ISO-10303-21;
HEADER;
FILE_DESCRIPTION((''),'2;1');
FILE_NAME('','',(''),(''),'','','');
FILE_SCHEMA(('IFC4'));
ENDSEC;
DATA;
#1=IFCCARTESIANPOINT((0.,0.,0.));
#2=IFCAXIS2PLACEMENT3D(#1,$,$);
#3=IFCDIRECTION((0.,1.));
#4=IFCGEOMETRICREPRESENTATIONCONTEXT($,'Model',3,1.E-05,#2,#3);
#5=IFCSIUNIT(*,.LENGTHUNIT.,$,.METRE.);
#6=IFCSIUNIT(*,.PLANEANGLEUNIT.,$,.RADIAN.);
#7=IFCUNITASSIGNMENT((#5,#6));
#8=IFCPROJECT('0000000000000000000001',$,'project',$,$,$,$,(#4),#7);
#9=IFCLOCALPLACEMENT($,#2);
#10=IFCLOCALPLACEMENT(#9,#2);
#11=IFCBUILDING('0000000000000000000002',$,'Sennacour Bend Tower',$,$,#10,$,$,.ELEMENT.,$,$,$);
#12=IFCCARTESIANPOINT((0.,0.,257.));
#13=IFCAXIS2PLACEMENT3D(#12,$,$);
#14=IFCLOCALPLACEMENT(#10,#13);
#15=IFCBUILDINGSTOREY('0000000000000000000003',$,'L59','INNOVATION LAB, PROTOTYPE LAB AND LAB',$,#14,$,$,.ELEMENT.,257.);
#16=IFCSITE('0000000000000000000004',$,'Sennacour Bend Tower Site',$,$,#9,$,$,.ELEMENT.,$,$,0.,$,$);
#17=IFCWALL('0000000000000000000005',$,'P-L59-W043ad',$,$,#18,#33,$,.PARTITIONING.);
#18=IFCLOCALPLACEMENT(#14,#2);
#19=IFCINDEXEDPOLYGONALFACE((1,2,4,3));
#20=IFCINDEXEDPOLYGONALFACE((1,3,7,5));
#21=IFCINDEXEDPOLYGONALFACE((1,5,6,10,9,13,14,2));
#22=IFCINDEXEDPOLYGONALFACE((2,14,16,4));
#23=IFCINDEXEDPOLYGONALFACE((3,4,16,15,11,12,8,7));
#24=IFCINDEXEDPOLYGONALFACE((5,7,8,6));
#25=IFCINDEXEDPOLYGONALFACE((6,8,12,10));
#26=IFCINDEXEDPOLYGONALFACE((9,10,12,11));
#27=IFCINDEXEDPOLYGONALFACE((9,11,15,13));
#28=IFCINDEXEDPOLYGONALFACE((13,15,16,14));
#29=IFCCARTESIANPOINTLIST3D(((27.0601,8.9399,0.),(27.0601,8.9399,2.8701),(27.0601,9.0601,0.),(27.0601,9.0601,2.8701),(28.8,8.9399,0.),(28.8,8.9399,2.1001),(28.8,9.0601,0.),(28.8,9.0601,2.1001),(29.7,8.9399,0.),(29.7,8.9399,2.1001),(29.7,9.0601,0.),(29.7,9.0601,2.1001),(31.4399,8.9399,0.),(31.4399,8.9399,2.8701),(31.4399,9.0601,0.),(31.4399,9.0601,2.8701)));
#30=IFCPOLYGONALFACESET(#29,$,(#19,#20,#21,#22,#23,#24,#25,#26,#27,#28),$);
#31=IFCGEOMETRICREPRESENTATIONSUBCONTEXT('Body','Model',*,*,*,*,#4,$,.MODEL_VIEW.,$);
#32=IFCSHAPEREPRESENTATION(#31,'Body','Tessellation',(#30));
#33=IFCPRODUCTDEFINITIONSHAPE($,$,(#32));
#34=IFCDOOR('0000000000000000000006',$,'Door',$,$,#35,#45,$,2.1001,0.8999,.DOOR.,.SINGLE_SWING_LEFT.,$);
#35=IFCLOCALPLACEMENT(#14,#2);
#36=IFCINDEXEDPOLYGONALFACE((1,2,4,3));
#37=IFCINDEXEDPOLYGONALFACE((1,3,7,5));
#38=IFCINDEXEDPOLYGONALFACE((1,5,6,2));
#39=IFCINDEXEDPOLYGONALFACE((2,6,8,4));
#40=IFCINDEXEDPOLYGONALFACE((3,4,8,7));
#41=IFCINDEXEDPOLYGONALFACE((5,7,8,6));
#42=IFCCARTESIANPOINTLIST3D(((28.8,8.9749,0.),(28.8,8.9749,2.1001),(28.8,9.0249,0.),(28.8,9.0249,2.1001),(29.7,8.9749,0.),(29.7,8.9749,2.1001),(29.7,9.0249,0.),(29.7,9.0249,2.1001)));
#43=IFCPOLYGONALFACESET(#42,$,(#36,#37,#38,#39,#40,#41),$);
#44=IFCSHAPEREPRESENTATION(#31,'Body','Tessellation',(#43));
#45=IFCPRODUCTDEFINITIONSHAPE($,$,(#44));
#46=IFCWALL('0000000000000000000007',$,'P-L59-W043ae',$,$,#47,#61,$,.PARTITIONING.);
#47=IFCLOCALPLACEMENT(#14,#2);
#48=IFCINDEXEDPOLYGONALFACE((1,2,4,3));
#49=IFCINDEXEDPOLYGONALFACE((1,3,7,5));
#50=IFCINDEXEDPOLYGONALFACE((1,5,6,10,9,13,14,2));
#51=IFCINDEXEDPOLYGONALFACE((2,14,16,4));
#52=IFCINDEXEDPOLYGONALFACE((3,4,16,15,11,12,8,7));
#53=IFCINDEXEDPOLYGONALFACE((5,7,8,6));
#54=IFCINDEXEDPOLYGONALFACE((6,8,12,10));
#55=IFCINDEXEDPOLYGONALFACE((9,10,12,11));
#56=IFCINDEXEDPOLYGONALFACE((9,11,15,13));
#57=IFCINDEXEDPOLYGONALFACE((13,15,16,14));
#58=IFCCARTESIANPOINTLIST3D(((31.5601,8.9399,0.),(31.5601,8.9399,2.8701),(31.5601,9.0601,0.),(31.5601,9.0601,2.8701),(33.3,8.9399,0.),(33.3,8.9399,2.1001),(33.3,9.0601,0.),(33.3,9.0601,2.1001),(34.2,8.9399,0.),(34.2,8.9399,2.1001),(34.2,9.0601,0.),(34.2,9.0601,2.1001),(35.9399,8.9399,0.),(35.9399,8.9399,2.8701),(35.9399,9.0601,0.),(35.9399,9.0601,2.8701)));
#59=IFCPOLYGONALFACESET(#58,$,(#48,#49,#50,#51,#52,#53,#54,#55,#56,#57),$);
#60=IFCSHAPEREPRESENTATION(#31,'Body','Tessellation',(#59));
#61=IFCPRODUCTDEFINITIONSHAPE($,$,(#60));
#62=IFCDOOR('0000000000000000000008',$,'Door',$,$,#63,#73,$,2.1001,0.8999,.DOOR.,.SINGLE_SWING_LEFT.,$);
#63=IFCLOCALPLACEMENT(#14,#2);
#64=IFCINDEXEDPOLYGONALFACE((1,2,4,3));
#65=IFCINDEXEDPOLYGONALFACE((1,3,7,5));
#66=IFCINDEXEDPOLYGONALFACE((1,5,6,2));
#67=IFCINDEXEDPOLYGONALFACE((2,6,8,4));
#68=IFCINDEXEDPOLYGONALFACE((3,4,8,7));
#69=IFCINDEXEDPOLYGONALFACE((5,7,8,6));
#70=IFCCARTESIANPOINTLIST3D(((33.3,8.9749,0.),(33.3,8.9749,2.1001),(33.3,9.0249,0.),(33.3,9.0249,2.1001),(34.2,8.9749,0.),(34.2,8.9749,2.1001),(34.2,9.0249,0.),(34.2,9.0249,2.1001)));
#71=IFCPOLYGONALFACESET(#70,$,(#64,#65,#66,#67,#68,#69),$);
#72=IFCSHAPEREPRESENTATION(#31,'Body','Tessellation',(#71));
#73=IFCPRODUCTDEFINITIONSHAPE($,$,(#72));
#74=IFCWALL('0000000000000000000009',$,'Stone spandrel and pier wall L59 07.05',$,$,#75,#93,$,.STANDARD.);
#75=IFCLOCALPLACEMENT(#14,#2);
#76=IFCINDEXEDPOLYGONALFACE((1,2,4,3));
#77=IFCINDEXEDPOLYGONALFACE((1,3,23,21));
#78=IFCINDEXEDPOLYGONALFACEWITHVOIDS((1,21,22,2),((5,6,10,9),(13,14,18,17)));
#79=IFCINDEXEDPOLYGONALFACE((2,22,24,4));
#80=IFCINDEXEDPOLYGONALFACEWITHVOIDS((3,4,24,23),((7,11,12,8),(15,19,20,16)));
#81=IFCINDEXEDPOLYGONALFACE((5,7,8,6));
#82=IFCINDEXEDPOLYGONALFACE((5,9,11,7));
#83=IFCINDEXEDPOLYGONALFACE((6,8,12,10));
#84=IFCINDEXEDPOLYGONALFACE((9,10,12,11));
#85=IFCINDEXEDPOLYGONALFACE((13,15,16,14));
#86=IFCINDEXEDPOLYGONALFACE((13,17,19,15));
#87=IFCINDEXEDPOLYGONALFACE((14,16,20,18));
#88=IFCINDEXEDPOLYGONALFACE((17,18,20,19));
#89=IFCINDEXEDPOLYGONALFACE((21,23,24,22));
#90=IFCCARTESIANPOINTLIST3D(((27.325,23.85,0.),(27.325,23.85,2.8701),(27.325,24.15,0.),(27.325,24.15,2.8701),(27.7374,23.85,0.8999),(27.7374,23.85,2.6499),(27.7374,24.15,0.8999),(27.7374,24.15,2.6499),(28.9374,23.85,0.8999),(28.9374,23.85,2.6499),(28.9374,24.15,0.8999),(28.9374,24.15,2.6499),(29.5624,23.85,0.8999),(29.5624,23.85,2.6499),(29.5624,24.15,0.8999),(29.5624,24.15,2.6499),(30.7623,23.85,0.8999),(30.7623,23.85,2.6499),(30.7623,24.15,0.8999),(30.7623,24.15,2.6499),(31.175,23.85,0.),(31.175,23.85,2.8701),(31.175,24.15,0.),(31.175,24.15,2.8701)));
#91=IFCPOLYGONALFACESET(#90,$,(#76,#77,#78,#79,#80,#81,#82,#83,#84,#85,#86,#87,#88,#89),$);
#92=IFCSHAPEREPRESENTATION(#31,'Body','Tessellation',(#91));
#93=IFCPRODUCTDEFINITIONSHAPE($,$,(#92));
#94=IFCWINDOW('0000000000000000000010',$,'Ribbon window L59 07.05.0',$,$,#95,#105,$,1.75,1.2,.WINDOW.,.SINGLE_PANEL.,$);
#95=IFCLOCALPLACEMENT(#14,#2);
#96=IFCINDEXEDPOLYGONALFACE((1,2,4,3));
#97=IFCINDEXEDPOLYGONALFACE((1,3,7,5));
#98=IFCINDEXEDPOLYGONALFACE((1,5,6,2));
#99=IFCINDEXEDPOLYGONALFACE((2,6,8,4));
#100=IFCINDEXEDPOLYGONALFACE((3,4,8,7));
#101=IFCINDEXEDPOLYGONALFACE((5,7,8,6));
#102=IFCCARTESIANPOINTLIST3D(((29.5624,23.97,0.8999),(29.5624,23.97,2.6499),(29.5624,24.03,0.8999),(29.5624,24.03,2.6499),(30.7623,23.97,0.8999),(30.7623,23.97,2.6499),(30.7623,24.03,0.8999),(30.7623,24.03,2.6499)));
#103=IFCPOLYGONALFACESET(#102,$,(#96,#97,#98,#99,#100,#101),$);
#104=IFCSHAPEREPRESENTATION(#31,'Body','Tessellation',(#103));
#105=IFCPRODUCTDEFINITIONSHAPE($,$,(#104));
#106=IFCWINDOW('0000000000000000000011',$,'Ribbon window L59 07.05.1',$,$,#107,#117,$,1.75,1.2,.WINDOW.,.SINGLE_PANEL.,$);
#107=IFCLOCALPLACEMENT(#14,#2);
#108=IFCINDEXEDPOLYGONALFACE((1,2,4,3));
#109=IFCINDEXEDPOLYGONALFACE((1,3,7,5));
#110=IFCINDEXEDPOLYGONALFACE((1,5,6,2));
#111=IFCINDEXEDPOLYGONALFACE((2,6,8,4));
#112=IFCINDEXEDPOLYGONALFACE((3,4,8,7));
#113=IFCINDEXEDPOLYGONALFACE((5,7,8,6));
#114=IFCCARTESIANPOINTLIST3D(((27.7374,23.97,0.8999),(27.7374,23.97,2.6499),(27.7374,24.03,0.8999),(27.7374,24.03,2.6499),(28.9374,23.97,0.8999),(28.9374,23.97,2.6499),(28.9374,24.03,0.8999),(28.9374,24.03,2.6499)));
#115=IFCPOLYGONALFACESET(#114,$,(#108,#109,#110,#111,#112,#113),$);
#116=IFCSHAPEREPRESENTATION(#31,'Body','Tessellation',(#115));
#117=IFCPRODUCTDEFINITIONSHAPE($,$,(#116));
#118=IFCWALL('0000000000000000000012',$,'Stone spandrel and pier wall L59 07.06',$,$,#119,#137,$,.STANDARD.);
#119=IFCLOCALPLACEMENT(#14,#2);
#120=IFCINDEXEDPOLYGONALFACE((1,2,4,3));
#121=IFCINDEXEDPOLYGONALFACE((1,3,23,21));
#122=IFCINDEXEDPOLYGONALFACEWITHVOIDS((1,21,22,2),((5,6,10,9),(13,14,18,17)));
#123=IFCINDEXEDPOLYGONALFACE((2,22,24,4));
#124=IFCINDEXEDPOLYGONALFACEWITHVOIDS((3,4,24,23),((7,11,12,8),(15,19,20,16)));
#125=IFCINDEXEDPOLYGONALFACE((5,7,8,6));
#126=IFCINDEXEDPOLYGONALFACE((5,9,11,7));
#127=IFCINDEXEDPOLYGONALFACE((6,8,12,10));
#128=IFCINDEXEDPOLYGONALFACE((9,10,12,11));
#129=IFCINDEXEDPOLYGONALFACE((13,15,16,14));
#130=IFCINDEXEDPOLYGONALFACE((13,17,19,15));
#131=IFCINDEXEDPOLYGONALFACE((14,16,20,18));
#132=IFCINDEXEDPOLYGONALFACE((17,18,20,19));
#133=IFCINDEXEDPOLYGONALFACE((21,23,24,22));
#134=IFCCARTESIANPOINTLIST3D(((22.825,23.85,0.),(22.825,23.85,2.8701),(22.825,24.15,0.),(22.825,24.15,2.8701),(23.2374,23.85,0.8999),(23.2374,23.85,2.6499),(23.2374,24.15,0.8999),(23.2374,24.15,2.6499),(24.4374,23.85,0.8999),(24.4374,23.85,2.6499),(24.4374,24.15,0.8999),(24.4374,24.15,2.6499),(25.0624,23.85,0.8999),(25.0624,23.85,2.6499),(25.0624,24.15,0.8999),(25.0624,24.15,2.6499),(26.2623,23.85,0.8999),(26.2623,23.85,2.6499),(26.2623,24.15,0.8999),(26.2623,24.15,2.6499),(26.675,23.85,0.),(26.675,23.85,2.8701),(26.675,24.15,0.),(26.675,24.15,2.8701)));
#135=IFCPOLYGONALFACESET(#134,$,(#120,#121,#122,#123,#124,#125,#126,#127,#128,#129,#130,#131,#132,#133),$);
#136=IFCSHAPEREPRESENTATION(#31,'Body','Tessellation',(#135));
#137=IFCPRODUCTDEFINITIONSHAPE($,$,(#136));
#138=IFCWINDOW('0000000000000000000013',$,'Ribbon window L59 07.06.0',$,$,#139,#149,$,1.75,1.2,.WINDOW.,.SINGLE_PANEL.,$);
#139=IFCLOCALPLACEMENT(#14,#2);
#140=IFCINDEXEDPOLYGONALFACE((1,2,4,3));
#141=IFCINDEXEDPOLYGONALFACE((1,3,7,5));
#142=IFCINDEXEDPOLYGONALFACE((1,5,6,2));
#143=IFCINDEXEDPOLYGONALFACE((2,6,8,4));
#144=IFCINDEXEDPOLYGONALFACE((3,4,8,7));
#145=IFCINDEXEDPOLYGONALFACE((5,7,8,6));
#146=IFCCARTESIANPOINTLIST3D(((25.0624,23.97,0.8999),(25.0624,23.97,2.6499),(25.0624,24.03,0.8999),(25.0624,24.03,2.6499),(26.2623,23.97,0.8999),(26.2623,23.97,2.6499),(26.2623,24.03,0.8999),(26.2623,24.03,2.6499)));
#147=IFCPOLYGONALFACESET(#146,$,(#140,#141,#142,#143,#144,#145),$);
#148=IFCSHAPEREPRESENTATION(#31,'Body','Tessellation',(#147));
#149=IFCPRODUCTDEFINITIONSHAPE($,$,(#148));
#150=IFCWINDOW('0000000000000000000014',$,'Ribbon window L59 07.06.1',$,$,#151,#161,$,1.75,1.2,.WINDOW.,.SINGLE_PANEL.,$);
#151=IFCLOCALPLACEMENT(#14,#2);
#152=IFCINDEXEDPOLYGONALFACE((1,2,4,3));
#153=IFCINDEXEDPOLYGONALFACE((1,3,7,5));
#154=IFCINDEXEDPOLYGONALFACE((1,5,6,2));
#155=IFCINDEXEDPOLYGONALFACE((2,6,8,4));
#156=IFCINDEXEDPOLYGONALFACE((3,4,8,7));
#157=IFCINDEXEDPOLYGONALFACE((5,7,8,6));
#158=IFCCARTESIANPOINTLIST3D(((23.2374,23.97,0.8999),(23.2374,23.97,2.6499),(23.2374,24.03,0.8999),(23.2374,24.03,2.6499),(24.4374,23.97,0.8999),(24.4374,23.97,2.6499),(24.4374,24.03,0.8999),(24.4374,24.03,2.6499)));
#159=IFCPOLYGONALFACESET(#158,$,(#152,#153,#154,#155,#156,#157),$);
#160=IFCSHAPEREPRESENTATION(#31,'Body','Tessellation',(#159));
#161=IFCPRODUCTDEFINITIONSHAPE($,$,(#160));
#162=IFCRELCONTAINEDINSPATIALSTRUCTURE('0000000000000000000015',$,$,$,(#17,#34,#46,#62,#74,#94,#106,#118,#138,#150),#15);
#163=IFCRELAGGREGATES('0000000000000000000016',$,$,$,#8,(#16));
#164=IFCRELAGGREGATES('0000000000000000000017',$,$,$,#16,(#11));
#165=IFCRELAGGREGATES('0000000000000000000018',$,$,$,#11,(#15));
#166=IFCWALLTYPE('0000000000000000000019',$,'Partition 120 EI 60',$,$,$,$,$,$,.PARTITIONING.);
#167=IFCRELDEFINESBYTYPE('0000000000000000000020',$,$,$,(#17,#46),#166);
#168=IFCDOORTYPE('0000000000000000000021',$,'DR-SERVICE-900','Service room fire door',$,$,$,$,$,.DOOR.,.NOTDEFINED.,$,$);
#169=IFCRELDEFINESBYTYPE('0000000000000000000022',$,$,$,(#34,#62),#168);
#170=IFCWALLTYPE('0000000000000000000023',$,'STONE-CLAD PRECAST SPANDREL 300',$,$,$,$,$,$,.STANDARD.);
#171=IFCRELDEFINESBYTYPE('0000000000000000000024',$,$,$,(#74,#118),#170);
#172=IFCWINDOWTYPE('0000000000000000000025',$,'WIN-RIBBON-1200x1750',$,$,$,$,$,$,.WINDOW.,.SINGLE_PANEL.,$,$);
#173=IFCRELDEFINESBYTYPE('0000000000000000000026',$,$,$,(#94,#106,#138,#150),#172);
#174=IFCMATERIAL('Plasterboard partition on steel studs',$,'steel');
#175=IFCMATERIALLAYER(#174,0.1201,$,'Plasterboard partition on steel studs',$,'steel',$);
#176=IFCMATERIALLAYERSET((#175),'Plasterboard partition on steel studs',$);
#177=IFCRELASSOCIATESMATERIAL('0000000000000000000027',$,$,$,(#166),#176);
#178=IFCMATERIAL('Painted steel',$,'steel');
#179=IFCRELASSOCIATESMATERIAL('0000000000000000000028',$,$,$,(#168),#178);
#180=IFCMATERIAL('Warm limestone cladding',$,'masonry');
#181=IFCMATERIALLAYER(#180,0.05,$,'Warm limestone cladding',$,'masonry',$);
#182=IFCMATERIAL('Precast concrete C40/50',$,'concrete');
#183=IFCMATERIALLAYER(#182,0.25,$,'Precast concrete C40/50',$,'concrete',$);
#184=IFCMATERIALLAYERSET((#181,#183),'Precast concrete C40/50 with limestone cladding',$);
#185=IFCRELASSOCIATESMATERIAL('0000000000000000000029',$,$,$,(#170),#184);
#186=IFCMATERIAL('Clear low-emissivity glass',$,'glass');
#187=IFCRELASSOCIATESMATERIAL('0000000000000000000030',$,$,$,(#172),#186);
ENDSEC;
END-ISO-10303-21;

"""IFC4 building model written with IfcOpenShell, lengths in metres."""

from ifc_helpers import new_model, si_unit, direction, frame, frame_2d, origin, place, context, subcontext, project, spatial, rectangle, extrude, material, layer, layer_set, type_object, element, fill, save


model = new_model("IFC4")

# Units and contexts
model_context = context("Model", 3, precision=1e-05, world=origin(), true_north=direction((0.0, 1.0)))
body_context = subcontext(model_context, "Body", "Model", "MODEL_VIEW")
ifc_project = project(units=[si_unit("LENGTHUNIT", "METRE"), si_unit("PLANEANGLEUNIT", "RADIAN")], contexts=[model_context])

# Site, building, storey
site_placement = place(None, origin())
site = spatial("IfcSite", under=ifc_project, at=site_placement, Name="Sennacour Bend Tower Site", CompositionType="ELEMENT", RefElevation=0.0)
building_placement = place(site_placement, origin())
building = spatial("IfcBuilding", under=site, at=building_placement, Name="Sennacour Bend Tower", CompositionType="ELEMENT")
storey_placement = place(building_placement, frame((0.0, 0.0, 257.0)))
storey = spatial("IfcBuildingStorey", under=building, at=storey_placement, Name="L59", Description="INNOVATION LAB, PROTOTYPE LAB AND LAB", CompositionType="ELEMENT", Elevation=257.0)

# Shared definitions
ifc_material_1 = material(Name="Plasterboard partition on steel studs", Category="steel")

# Walls, openings, doors
ifc_layer_1 = layer(ifc_material_1, 0.1201, Name="Plasterboard partition on steel studs", Category="steel")
ifc_layer_set_1 = layer_set([ifc_layer_1], Name="Plasterboard partition on steel studs")
wall_type_1 = type_object("IfcWallType", Name="Partition 120 EI 60", PredefinedType="PARTITIONING", material=ifc_layer_set_1)
wall_1_placement = place(storey_placement, frame((27.0601, 9.0, 0.0), z_axis=(0.0, 0.0, 1.0), x_axis=(1.0, 0.0, 0.0)))
wall_1 = element("IfcWall", 1, at=wall_1_placement, inside=storey, type_object=wall_type_1, Name="P-L59-W043ad", PredefinedType="PARTITIONING", context=body_context, shape_type="SweptSolid", body=[
    extrude(rectangle(XDim=4.3799, YDim=0.1201, at=frame_2d((2.1899, 0.0))), origin(), (0.0, 0.0, 1.0), 2.8701),
])
opening_1_placement = place(wall_1_placement, frame((1.74, 0.0, 0.0)))
opening_1 = element("IfcOpeningElement", 2, at=opening_1_placement, cuts=wall_1, PredefinedType="OPENING", context=body_context, shape_type="SweptSolid", body=[
    extrude(rectangle(XDim=0.8999, YDim=2.1001, at=frame_2d((0.45, 1.05))), frame((0.0, 0.0701, 0.0), z_axis=(0.0, -1.0, 0.0), x_axis=(1.0, 0.0, 0.0)), (0.0, 0.0, 1.0), 0.1401),
])
ifc_material_2 = material(Name="Painted steel", Category="steel")
door_type_1 = type_object("IfcDoorType", Name="DR-SERVICE-900", Description="Service room fire door", OperationType="NOTDEFINED", PredefinedType="DOOR", material=ifc_material_2)
door_1_placement = place(opening_1_placement, origin())
door_1 = element("IfcDoor", 3, at=door_1_placement, inside=storey, type_object=door_type_1, Name="Door", OperationType="SINGLE_SWING_LEFT", OverallHeight=2.1001, OverallWidth=0.8999, PredefinedType="DOOR", context=body_context, shape_type="SweptSolid", body=[
    extrude(rectangle(XDim=0.8999, YDim=2.1001, at=frame_2d((0.45, 1.05))), frame((0.0, 0.0249, 0.0), z_axis=(0.0, -1.0, 0.0), x_axis=(1.0, 0.0, 0.0)), (0.0, 0.0, 1.0), 0.05),
])
fill(opening_1, door_1)
wall_2_placement = place(storey_placement, frame((31.5601, 9.0, 0.0), z_axis=(0.0, 0.0, 1.0), x_axis=(1.0, 0.0, 0.0)))
wall_2 = element("IfcWall", 4, at=wall_2_placement, inside=storey, type_object=wall_type_1, Name="P-L59-W043ae", PredefinedType="PARTITIONING", context=body_context, shape_type="SweptSolid", body=[
    extrude(rectangle(XDim=4.3799, YDim=0.1201, at=frame_2d((2.1899, 0.0))), origin(), (0.0, 0.0, 1.0), 2.8701),
])
opening_2_placement = place(wall_2_placement, frame((1.74, 0.0, 0.0)))
opening_2 = element("IfcOpeningElement", 5, at=opening_2_placement, cuts=wall_2, PredefinedType="OPENING", context=body_context, shape_type="SweptSolid", body=[
    extrude(rectangle(XDim=0.8999, YDim=2.1001, at=frame_2d((0.45, 1.05))), frame((0.0, 0.0701, 0.0), z_axis=(0.0, -1.0, 0.0), x_axis=(1.0, 0.0, 0.0)), (0.0, 0.0, 1.0), 0.1401),
])
door_2_placement = place(opening_2_placement, origin())
door_2 = element("IfcDoor", 6, at=door_2_placement, inside=storey, type_object=door_type_1, Name="Door", OperationType="SINGLE_SWING_LEFT", OverallHeight=2.1001, OverallWidth=0.8999, PredefinedType="DOOR", context=body_context, shape_type="SweptSolid", body=[
    extrude(rectangle(XDim=0.8999, YDim=2.1001, at=frame_2d((0.45, 1.05))), frame((0.0, 0.0249, 0.0), z_axis=(0.0, -1.0, 0.0), x_axis=(1.0, 0.0, 0.0)), (0.0, 0.0, 1.0), 0.05),
])
fill(opening_2, door_2)

# Walls, openings, windows
ifc_material_3 = material(Name="Warm limestone cladding", Category="masonry")
ifc_layer_2 = layer(ifc_material_3, 0.05, Name="Warm limestone cladding", Category="masonry")
ifc_material_4 = material(Name="Precast concrete C40/50", Category="concrete")
ifc_layer_3 = layer(ifc_material_4, 0.25, Name="Precast concrete C40/50", Category="concrete")
ifc_layer_set_2 = layer_set([ifc_layer_2, ifc_layer_3], Name="Precast concrete C40/50 with limestone cladding")
wall_type_2 = type_object("IfcWallType", Name="STONE-CLAD PRECAST SPANDREL 300", PredefinedType="STANDARD", material=ifc_layer_set_2)
wall_3_placement = place(storey_placement, frame((31.175, 24.0, 0.0), z_axis=(0.0, 0.0, 1.0), x_axis=(-1.0, 0.0, 0.0)))
wall_3 = element("IfcWall", 7, at=wall_3_placement, inside=storey, type_object=wall_type_2, Name="Stone spandrel and pier wall L59 07.05", PredefinedType="STANDARD", context=body_context, shape_type="SweptSolid", body=[
    extrude(rectangle(XDim=3.8501, YDim=0.3, at=frame_2d((1.925, 0.0))), origin(), (0.0, 0.0, 1.0), 2.8701),
])
opening_3_placement = place(wall_3_placement, frame((0.4126, 0.0, 0.8999)))
opening_3 = element("IfcOpeningElement", 8, at=opening_3_placement, cuts=wall_3, PredefinedType="OPENING", context=body_context, shape_type="SweptSolid", body=[
    extrude(rectangle(XDim=1.2, YDim=1.75, at=frame_2d((0.6001, 0.875))), frame((0.0, 0.1602, 0.0), z_axis=(0.0, -1.0, 0.0), x_axis=(1.0, 0.0, 0.0)), (0.0, 0.0, 1.0), 0.3201),
])
opening_4_placement = place(wall_3_placement, frame((2.2375, 0.0, 0.8999)))
opening_4 = element("IfcOpeningElement", 9, at=opening_4_placement, cuts=wall_3, PredefinedType="OPENING", context=body_context, shape_type="SweptSolid", body=[
    extrude(rectangle(XDim=1.2, YDim=1.75, at=frame_2d((0.6001, 0.875))), frame((0.0, 0.1602, 0.0), z_axis=(0.0, -1.0, 0.0), x_axis=(1.0, 0.0, 0.0)), (0.0, 0.0, 1.0), 0.3201),
])
ifc_material_5 = material(Name="Clear low-emissivity glass", Category="glass")
window_type = type_object("IfcWindowType", Name="WIN-RIBBON-1200x1750", PartitioningType="SINGLE_PANEL", PredefinedType="WINDOW", material=ifc_material_5)
window_1_placement = place(opening_3_placement, origin())
window_1 = element("IfcWindow", 10, at=window_1_placement, inside=storey, type_object=window_type, Name="Ribbon window L59 07.05.0", OverallHeight=1.75, OverallWidth=1.2, PartitioningType="SINGLE_PANEL", PredefinedType="WINDOW", context=body_context, shape_type="SweptSolid", body=[
    extrude(rectangle(XDim=1.2, YDim=1.75, at=frame_2d((0.6001, 0.875))), frame((0.0, 0.03, 0.0), z_axis=(0.0, -1.0, 0.0), x_axis=(1.0, 0.0, 0.0)), (0.0, 0.0, 1.0), 0.0601),
])
fill(opening_3, window_1)
window_2_placement = place(opening_4_placement, origin())
window_2 = element("IfcWindow", 11, at=window_2_placement, inside=storey, type_object=window_type, Name="Ribbon window L59 07.05.1", OverallHeight=1.75, OverallWidth=1.2, PartitioningType="SINGLE_PANEL", PredefinedType="WINDOW", context=body_context, shape_type="SweptSolid", body=[
    extrude(rectangle(XDim=1.2, YDim=1.75, at=frame_2d((0.6001, 0.875))), frame((0.0, 0.03, 0.0), z_axis=(0.0, -1.0, 0.0), x_axis=(1.0, 0.0, 0.0)), (0.0, 0.0, 1.0), 0.0601),
])
fill(opening_4, window_2)
wall_4_placement = place(storey_placement, frame((26.675, 24.0, 0.0), z_axis=(0.0, 0.0, 1.0), x_axis=(-1.0, 0.0, 0.0)))
wall_4 = element("IfcWall", 12, at=wall_4_placement, inside=storey, type_object=wall_type_2, Name="Stone spandrel and pier wall L59 07.06", PredefinedType="STANDARD", context=body_context, shape_type="SweptSolid", body=[
    extrude(rectangle(XDim=3.8501, YDim=0.3, at=frame_2d((1.925, 0.0))), origin(), (0.0, 0.0, 1.0), 2.8701),
])
opening_5_placement = place(wall_4_placement, frame((0.4126, 0.0, 0.8999)))
opening_5 = element("IfcOpeningElement", 13, at=opening_5_placement, cuts=wall_4, PredefinedType="OPENING", context=body_context, shape_type="SweptSolid", body=[
    extrude(rectangle(XDim=1.2, YDim=1.75, at=frame_2d((0.6001, 0.875))), frame((0.0, 0.1602, 0.0), z_axis=(0.0, -1.0, 0.0), x_axis=(1.0, 0.0, 0.0)), (0.0, 0.0, 1.0), 0.3201),
])
opening_6_placement = place(wall_4_placement, frame((2.2375, 0.0, 0.8999)))
opening_6 = element("IfcOpeningElement", 14, at=opening_6_placement, cuts=wall_4, PredefinedType="OPENING", context=body_context, shape_type="SweptSolid", body=[
    extrude(rectangle(XDim=1.2, YDim=1.75, at=frame_2d((0.6001, 0.875))), frame((0.0, 0.1602, 0.0), z_axis=(0.0, -1.0, 0.0), x_axis=(1.0, 0.0, 0.0)), (0.0, 0.0, 1.0), 0.3201),
])
window_3_placement = place(opening_5_placement, origin())
window_3 = element("IfcWindow", 15, at=window_3_placement, inside=storey, type_object=window_type, Name="Ribbon window L59 07.06.0", OverallHeight=1.75, OverallWidth=1.2, PartitioningType="SINGLE_PANEL", PredefinedType="WINDOW", context=body_context, shape_type="SweptSolid", body=[
    extrude(rectangle(XDim=1.2, YDim=1.75, at=frame_2d((0.6001, 0.875))), frame((0.0, 0.03, 0.0), z_axis=(0.0, -1.0, 0.0), x_axis=(1.0, 0.0, 0.0)), (0.0, 0.0, 1.0), 0.0601),
])
fill(opening_5, window_3)
window_4_placement = place(opening_6_placement, origin())
window_4 = element("IfcWindow", 16, at=window_4_placement, inside=storey, type_object=window_type, Name="Ribbon window L59 07.06.1", OverallHeight=1.75, OverallWidth=1.2, PartitioningType="SINGLE_PANEL", PredefinedType="WINDOW", context=body_context, shape_type="SweptSolid", body=[
    extrude(rectangle(XDim=1.2, YDim=1.75, at=frame_2d((0.6001, 0.875))), frame((0.0, 0.03, 0.0), z_axis=(0.0, -1.0, 0.0), x_axis=(1.0, 0.0, 0.0)), (0.0, 0.0, 1.0), 0.0601),
])
fill(opening_6, window_4)

save(model, "model.ifc")
